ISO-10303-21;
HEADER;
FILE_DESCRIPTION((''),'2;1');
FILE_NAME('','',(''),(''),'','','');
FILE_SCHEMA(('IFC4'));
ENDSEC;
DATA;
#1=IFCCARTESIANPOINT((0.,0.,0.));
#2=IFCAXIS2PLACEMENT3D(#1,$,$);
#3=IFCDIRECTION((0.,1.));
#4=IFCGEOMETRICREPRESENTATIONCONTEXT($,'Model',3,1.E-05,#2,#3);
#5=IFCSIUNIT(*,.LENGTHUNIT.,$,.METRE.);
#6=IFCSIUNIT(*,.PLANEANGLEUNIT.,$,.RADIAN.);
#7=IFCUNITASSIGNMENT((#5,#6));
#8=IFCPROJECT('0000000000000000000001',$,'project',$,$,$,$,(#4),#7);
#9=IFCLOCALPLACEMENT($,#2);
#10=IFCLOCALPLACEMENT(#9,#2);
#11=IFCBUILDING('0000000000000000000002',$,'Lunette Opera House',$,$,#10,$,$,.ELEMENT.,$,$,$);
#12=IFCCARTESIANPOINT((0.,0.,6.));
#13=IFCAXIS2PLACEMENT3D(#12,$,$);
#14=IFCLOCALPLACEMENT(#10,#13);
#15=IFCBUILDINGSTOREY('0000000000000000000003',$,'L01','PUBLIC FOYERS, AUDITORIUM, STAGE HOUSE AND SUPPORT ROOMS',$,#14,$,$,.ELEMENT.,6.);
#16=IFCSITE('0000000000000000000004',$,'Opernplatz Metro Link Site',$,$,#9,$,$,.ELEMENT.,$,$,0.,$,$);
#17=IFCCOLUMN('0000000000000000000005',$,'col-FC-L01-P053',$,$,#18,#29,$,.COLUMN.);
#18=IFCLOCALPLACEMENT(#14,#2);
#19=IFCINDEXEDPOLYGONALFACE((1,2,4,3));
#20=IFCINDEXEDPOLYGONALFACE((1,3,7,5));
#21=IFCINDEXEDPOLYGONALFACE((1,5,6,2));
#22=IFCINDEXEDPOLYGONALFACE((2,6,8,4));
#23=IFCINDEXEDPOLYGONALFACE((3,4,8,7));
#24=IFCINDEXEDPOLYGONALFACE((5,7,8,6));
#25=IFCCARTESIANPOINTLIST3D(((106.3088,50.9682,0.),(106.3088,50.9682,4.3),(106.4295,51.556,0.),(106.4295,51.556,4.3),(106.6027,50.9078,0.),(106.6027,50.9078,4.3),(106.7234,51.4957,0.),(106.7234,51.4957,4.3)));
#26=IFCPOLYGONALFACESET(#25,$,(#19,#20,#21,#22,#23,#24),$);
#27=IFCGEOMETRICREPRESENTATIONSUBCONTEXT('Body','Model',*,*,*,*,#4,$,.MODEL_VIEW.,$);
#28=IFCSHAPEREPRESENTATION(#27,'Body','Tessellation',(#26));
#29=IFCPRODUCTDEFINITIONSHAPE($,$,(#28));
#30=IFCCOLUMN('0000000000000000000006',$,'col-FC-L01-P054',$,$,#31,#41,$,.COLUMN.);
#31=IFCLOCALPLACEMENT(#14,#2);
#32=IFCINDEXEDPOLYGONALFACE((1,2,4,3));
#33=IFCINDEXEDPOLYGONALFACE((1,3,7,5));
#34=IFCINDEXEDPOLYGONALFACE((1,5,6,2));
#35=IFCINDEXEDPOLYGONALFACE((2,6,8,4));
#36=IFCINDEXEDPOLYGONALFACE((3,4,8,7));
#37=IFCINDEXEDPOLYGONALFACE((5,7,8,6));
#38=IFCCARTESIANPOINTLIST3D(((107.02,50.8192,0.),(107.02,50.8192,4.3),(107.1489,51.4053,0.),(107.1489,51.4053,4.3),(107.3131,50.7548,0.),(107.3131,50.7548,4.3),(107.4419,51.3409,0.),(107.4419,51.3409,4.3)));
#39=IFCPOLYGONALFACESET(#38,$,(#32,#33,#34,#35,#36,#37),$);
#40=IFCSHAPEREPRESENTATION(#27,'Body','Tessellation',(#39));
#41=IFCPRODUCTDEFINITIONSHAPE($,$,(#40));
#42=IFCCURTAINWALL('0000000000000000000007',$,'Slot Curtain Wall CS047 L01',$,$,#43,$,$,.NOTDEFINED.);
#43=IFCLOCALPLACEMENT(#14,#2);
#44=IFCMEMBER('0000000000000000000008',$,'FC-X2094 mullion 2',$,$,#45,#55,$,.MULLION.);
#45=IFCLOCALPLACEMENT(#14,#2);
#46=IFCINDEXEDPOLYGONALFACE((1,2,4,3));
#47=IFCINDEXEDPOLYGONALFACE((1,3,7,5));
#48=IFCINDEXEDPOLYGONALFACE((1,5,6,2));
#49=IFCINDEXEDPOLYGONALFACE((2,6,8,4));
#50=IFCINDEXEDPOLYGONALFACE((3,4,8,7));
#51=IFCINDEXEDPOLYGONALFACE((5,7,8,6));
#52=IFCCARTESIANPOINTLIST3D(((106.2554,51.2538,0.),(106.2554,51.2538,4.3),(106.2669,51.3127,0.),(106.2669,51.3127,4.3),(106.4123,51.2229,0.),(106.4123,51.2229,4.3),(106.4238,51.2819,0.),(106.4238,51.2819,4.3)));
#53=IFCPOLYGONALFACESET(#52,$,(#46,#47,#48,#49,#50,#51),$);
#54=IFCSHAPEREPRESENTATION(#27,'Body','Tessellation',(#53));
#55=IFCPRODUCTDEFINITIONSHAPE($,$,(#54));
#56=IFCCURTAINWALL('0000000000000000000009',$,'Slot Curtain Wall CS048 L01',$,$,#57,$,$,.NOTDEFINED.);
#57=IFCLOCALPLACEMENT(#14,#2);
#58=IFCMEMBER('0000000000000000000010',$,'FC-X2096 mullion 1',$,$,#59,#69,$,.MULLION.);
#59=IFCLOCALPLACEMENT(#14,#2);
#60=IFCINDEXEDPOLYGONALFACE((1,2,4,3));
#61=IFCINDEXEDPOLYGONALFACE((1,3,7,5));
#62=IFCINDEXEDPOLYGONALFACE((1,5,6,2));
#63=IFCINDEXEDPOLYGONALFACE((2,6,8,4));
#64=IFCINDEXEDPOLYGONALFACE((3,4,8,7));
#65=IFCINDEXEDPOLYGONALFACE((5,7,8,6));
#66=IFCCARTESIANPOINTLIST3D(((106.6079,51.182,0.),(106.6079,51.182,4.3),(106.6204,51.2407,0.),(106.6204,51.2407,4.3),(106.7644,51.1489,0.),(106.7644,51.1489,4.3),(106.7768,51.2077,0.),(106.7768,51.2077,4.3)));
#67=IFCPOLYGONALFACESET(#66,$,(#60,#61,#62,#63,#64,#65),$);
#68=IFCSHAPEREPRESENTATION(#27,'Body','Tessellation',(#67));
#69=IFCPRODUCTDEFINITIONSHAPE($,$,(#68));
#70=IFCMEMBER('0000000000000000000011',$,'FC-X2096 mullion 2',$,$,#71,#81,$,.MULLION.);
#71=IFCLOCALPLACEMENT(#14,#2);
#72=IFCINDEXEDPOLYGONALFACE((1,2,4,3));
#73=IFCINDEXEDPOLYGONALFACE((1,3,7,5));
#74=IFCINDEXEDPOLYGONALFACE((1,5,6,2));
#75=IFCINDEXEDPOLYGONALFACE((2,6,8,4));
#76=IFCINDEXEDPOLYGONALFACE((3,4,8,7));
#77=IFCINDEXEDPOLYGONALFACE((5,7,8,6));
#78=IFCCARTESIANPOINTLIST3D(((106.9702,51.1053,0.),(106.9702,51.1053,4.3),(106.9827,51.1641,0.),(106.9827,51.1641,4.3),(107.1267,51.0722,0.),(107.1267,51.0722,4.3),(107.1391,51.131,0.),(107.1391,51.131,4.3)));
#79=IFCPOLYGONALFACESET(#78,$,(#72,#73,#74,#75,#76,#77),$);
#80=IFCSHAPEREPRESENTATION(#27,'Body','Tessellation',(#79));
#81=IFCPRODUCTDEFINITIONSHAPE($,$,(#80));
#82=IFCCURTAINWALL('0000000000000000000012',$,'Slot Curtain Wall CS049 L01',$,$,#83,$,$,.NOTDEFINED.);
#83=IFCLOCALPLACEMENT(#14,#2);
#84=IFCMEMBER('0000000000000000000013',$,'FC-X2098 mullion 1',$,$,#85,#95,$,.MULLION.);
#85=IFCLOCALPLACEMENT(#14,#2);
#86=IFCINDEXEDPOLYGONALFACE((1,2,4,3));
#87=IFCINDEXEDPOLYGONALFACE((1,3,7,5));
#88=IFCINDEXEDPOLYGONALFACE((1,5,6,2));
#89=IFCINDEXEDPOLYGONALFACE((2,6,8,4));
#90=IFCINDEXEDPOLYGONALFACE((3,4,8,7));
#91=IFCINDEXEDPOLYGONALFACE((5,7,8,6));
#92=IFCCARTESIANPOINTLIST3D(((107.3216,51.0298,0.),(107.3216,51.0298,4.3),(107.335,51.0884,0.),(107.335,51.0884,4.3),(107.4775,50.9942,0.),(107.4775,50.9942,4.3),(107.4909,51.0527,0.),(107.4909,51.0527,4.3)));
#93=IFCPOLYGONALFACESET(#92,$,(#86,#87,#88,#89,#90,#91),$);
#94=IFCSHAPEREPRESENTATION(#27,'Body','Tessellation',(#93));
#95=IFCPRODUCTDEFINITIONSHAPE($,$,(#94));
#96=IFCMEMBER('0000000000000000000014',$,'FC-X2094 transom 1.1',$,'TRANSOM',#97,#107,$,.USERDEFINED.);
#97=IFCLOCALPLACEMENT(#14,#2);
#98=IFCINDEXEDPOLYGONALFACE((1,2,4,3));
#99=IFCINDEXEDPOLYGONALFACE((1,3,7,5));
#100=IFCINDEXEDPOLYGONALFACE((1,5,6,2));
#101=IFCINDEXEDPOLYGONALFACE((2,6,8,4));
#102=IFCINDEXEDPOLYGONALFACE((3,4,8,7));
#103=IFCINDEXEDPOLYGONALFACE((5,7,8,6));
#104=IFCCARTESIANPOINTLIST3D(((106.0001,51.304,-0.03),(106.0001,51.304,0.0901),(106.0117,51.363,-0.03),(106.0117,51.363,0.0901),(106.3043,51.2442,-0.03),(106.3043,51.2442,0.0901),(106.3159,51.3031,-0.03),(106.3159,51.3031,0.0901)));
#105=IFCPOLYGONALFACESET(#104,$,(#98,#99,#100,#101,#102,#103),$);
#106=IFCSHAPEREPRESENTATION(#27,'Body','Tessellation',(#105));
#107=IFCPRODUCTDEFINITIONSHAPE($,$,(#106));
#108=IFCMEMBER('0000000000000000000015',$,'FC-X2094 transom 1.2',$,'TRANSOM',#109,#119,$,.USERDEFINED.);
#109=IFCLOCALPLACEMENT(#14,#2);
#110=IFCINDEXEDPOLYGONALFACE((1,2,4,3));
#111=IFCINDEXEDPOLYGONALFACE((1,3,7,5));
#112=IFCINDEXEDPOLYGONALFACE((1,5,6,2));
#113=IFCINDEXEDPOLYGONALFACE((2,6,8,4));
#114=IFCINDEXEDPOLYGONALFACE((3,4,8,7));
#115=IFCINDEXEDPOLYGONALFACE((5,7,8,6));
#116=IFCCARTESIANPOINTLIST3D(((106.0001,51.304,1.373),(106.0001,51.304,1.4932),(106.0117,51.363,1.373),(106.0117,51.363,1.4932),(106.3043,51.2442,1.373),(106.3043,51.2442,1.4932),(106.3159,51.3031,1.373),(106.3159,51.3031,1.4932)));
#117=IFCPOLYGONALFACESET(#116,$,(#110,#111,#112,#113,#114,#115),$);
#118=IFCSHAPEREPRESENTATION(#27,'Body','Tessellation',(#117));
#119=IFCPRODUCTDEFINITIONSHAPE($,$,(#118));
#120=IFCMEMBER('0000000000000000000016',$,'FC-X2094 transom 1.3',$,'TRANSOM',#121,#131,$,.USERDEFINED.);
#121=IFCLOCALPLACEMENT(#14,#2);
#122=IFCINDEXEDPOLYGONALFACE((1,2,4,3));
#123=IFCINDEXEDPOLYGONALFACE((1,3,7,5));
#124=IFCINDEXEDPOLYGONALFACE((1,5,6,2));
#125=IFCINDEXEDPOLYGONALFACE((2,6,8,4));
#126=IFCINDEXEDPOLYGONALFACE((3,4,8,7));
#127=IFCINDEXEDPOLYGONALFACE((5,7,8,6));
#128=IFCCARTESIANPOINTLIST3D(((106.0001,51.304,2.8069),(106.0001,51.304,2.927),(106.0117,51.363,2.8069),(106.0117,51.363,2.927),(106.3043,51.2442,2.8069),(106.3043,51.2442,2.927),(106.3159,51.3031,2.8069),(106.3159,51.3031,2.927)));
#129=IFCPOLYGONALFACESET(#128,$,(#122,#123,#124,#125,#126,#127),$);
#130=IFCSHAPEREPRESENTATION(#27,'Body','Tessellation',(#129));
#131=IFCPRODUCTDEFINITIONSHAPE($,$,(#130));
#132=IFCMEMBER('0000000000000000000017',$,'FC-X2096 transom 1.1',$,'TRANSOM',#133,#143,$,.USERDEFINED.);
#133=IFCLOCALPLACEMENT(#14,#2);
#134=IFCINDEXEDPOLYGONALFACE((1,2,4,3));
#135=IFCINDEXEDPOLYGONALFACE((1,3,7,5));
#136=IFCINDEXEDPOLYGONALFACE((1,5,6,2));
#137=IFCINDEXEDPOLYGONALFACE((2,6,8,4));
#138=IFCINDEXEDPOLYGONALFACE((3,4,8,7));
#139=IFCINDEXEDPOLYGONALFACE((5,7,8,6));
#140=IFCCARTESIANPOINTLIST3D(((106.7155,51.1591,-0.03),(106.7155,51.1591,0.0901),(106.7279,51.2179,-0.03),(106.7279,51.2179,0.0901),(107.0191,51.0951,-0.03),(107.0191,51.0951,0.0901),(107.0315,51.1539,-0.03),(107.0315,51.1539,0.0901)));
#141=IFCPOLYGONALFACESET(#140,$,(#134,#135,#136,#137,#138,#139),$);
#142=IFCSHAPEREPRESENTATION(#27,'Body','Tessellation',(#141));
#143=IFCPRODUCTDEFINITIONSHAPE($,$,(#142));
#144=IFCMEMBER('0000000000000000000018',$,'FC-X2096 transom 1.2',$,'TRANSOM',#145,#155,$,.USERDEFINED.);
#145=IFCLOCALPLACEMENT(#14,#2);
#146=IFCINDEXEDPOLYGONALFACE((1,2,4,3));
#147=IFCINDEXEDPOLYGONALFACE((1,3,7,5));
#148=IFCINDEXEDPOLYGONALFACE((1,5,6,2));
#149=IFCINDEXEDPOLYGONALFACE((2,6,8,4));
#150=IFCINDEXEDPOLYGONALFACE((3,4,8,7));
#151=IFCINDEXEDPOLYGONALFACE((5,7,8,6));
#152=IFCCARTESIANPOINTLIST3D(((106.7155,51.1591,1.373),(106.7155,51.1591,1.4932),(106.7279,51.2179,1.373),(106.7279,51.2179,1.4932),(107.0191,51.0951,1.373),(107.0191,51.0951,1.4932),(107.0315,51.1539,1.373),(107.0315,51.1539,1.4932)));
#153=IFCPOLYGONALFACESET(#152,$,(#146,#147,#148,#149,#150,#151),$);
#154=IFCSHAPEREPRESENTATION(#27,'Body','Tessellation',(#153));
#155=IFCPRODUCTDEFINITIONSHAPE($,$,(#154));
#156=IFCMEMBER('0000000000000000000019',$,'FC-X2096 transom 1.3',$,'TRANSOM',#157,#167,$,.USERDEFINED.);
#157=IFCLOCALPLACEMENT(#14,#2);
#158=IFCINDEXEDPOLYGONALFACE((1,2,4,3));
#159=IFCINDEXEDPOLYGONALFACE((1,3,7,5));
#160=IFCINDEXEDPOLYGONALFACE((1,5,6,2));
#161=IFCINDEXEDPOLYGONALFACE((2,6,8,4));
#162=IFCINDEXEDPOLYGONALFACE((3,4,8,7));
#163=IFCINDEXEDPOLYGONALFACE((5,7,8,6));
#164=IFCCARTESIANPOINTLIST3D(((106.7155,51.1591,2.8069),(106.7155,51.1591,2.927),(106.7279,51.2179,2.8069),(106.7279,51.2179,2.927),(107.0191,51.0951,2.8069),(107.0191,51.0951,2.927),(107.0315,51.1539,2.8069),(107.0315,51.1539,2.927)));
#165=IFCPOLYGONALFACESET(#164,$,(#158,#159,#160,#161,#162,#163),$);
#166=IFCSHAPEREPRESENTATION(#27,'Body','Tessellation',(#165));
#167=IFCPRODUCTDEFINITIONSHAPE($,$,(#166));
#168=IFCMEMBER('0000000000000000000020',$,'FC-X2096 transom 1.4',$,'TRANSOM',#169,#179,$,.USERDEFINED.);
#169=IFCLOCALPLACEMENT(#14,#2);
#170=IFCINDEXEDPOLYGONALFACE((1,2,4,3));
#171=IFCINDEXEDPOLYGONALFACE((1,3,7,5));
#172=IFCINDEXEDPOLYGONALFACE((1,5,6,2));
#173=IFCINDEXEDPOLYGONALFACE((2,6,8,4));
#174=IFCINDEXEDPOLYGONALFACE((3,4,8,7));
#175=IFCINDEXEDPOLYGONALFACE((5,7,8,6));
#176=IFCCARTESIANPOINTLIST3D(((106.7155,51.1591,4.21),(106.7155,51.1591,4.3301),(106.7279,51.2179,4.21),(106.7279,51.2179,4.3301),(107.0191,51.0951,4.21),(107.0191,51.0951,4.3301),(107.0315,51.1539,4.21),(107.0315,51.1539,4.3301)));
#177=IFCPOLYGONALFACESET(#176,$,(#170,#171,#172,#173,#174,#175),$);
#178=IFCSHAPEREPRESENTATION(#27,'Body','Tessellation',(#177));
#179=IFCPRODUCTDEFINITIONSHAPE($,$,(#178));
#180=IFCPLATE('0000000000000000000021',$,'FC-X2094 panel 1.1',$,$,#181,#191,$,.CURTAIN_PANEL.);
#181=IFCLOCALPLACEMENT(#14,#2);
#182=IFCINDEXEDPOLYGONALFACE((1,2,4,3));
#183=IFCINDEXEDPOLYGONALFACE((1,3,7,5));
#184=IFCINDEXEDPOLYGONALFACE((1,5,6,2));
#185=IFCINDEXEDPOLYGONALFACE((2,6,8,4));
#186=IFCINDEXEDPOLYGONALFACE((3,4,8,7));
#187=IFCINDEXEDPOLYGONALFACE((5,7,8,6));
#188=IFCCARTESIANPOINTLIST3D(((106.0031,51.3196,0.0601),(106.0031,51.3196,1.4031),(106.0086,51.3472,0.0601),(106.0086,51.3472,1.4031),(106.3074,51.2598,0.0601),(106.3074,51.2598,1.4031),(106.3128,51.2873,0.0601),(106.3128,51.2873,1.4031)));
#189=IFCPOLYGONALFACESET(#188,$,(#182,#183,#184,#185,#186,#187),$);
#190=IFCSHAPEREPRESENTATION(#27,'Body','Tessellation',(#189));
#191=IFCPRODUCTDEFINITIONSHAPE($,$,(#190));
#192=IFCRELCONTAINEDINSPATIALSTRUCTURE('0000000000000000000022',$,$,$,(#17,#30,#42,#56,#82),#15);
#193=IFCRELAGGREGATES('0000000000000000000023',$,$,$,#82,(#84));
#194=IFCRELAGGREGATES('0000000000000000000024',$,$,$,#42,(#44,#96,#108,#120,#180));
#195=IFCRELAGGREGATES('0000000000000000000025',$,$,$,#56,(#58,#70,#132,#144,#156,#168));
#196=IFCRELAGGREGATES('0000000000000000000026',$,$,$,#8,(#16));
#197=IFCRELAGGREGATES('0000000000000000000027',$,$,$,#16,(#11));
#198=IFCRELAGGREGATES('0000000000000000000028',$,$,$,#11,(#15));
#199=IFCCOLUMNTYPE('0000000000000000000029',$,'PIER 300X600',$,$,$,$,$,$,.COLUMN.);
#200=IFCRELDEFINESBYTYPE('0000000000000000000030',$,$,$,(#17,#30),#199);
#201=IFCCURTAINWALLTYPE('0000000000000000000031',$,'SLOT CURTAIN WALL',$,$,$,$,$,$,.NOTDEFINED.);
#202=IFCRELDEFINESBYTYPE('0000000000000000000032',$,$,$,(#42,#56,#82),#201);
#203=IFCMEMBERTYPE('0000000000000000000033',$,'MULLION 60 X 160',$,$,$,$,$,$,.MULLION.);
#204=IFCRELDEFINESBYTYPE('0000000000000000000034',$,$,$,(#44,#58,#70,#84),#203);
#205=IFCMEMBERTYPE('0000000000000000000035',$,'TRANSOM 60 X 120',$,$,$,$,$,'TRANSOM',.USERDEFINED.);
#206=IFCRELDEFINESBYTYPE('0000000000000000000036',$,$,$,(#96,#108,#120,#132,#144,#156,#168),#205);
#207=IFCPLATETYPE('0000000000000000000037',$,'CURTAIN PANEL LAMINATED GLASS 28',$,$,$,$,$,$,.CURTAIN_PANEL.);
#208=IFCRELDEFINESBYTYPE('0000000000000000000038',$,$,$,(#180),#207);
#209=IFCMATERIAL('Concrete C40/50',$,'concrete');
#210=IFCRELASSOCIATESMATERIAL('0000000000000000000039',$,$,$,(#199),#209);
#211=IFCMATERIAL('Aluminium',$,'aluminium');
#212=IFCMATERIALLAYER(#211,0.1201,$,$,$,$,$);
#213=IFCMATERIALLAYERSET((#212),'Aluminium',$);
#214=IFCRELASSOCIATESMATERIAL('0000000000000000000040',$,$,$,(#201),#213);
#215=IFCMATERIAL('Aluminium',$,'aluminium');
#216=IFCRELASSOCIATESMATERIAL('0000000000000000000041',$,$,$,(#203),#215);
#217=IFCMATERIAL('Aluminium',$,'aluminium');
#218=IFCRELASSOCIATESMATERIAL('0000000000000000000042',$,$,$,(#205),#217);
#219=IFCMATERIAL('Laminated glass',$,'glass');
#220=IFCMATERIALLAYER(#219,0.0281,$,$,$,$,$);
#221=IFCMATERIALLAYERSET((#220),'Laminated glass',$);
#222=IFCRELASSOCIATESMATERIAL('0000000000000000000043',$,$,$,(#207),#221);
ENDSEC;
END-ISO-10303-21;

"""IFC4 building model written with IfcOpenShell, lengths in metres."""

from ifc_helpers import new_model, si_unit, direction, frame, origin, origin_2d, place, context, subcontext, project, spatial, rectangle, extrude, material, layer, layer_set, material_profile, profile_set, type_object, element, aggregate, save


model = new_model("IFC4")

# Units and contexts
model_context = context("Model", 3, precision=1e-05, world=origin(), true_north=direction((0.0, 1.0)))
body_context = subcontext(model_context, "Body", "Model", "MODEL_VIEW")
ifc_project = project(units=[si_unit("LENGTHUNIT", "METRE"), si_unit("PLANEANGLEUNIT", "RADIAN")], contexts=[model_context])

# Site, building, storey
site_placement = place(None, origin())
site = spatial("IfcSite", under=ifc_project, at=site_placement, Name="Opernplatz Metro Link Site", CompositionType="ELEMENT", RefElevation=0.0)
building_placement = place(site_placement, origin())
building = spatial("IfcBuilding", under=site, at=building_placement, Name="Lunette Opera House", CompositionType="ELEMENT")
storey_placement = place(building_placement, frame((0.0, 0.0, 6.0)))
storey = spatial("IfcBuildingStorey", under=building, at=storey_placement, Name="L01", Description="PUBLIC FOYERS, AUDITORIUM, STAGE HOUSE AND SUPPORT ROOMS", CompositionType="ELEMENT", Elevation=6.0)

# Columns
ifc_material_1 = material(Name="Concrete C40/50", Category="concrete")
ifc_material_profile_1 = material_profile(ifc_material_1, rectangle(XDim=0.3, YDim=0.6001, at=origin_2d()), Name="PIER 300X600")
ifc_profile_set_1 = profile_set([ifc_material_profile_1], Name="Concrete C40/50")
column_type = type_object("IfcColumnType", Name="PIER 300X600", PredefinedType="COLUMN", material=ifc_profile_set_1)
for number, where, z_axis, x_axis, name in (
    (1, (106.5161, 51.2319, 0.0), (0.0, 0.0, 1.0), (0.979575, -0.201078, 0.0), "col-FC-L01-P053"),
    (2, (107.231, 51.0801, 0.0), (0.0, 0.0, 1.0), (0.976672, -0.214735, 0.0), "col-FC-L01-P054"),
):
    element("IfcColumn", number, at=place(storey_placement, frame(where, z_axis=z_axis, x_axis=x_axis)), inside=storey, type_object=column_type, Name=name, PredefinedType="COLUMN", context=body_context, shape_type="SweptSolid", body=[
        extrude(rectangle(XDim=0.3, YDim=0.6001, at=origin_2d()), origin(), (0.0, 0.0, 1.0), 4.3),
    ])

# Curtain wall, member
ifc_material_2 = material(Name="Aluminium", Category="aluminium")
ifc_layer_1 = layer(ifc_material_2, 0.1201)
ifc_layer_set_1 = layer_set([ifc_layer_1], Name="Aluminium")
curtain_wall_type = type_object("IfcCurtainWallType", Name="SLOT CURTAIN WALL", PredefinedType="NOTDEFINED", material=ifc_layer_set_1)
curtain_wall_1_placement = place(storey_placement, origin())
curtain_wall_1 = element("IfcCurtainWall", 3, at=curtain_wall_1_placement, inside=storey, type_object=curtain_wall_type, Name="Slot Curtain Wall CS047 L01", PredefinedType="NOTDEFINED")
ifc_material_3 = material(Name="Aluminium", Category="aluminium")
ifc_material_profile_2 = material_profile(ifc_material_3, rectangle(XDim=0.0601, YDim=0.1599, at=origin_2d()), Name="MULLION 60 X 160")
ifc_profile_set_2 = profile_set([ifc_material_profile_2], Name="Aluminium")
member_type_1 = type_object("IfcMemberType", Name="MULLION 60 X 160", PredefinedType="MULLION", material=ifc_profile_set_2)
member_1_placement = place(storey_placement, frame((106.3396, 51.2678, 0.0), z_axis=(0.0, 0.0, 1.0), x_axis=(0.192985, 0.981202, 0.0)))
member_1 = element("IfcMember", 4, at=member_1_placement, type_object=member_type_1, Name="FC-X2094 mullion 2", PredefinedType="MULLION", context=body_context, shape_type="SweptSolid", body=[
    extrude(rectangle(XDim=0.0601, YDim=0.1599, at=origin_2d()), origin(), (0.0, 0.0, 1.0), 4.3),
])

# Curtain wall, members
curtain_wall_2_placement = place(storey_placement, origin())
curtain_wall_2 = element("IfcCurtainWall", 5, at=curtain_wall_2_placement, inside=storey, type_object=curtain_wall_type, Name="Slot Curtain Wall CS048 L01", PredefinedType="NOTDEFINED")
member_2_placement = place(storey_placement, frame((106.6924, 51.1948, 0.0), z_axis=(0.0, 0.0, 1.0), x_axis=(0.20683, 0.978377, 0.0)))
member_2 = element("IfcMember", 6, at=member_2_placement, type_object=member_type_1, Name="FC-X2096 mullion 1", PredefinedType="MULLION", context=body_context, shape_type="SweptSolid", body=[
    extrude(rectangle(XDim=0.0601, YDim=0.1599, at=origin_2d()), origin(), (0.0, 0.0, 1.0), 4.3),
])
member_3_placement = place(storey_placement, frame((107.0547, 51.1182, 0.0), z_axis=(0.0, 0.0, 1.0), x_axis=(0.20683, 0.978377, 0.0)))
member_3 = element("IfcMember", 7, at=member_3_placement, type_object=member_type_1, Name="FC-X2096 mullion 2", PredefinedType="MULLION", context=body_context, shape_type="SweptSolid", body=[
    extrude(rectangle(XDim=0.0601, YDim=0.1599, at=origin_2d()), origin(), (0.0, 0.0, 1.0), 4.3),
])

# Curtain wall, member
curtain_wall_3_placement = place(storey_placement, origin())
curtain_wall_3 = element("IfcCurtainWall", 8, at=curtain_wall_3_placement, inside=storey, type_object=curtain_wall_type, Name="Slot Curtain Wall CS049 L01", PredefinedType="NOTDEFINED")
member_4_placement = place(storey_placement, frame((107.4062, 51.0413, 0.0), z_axis=(0.0, 0.0, 1.0), x_axis=(0.222825, 0.974859, 0.0)))
member_4 = element("IfcMember", 9, at=member_4_placement, type_object=member_type_1, Name="FC-X2098 mullion 1", PredefinedType="MULLION", context=body_context, shape_type="SweptSolid", body=[
    extrude(rectangle(XDim=0.0601, YDim=0.1599, at=origin_2d()), origin(), (0.0, 0.0, 1.0), 4.3),
])
aggregate(curtain_wall_3, [member_4])

# Members
ifc_material_4 = material(Name="Aluminium", Category="aluminium")
ifc_material_profile_3 = material_profile(ifc_material_4, rectangle(XDim=0.0601, YDim=0.1201, at=origin_2d()), Name="TRANSOM 60 X 120")
ifc_profile_set_3 = profile_set([ifc_material_profile_3], Name="Aluminium")
member_type_2 = type_object("IfcMemberType", Name="TRANSOM 60 X 120", ElementType="TRANSOM", PredefinedType="USERDEFINED", material=ifc_profile_set_3)
member_5_placement = place(storey_placement, frame((106.0059, 51.3335, 0.03), z_axis=(0.981212, -0.192935, 0.0), x_axis=(0.192935, 0.981212, 0.0)))
member_5 = element("IfcMember", 10, at=member_5_placement, type_object=member_type_2, Name="FC-X2094 transom 1.1", ObjectType="TRANSOM", PredefinedType="USERDEFINED", context=body_context, shape_type="SweptSolid", body=[
    extrude(rectangle(XDim=0.0601, YDim=0.1201, at=origin_2d()), origin(), (0.0, 0.0, 1.0), 0.3101),
])
member_6_placement = place(storey_placement, frame((106.0059, 51.3335, 1.4331), z_axis=(0.981212, -0.192935, 0.0), x_axis=(0.192935, 0.981212, 0.0)))
member_6 = element("IfcMember", 11, at=member_6_placement, type_object=member_type_2, Name="FC-X2094 transom 1.2", ObjectType="TRANSOM", PredefinedType="USERDEFINED", context=body_context, shape_type="SweptSolid", body=[
    extrude(rectangle(XDim=0.0601, YDim=0.1201, at=origin_2d()), origin(), (0.0, 0.0, 1.0), 0.3101),
])
member_7_placement = place(storey_placement, frame((106.0059, 51.3335, 2.8669), z_axis=(0.981212, -0.192935, 0.0), x_axis=(0.192935, 0.981212, 0.0)))
member_7 = element("IfcMember", 12, at=member_7_placement, type_object=member_type_2, Name="FC-X2094 transom 1.3", ObjectType="TRANSOM", PredefinedType="USERDEFINED", context=body_context, shape_type="SweptSolid", body=[
    extrude(rectangle(XDim=0.0601, YDim=0.1201, at=origin_2d()), origin(), (0.0, 0.0, 1.0), 0.3101),
])
member_8_placement = place(storey_placement, frame((106.7217, 51.1885, 0.03), z_axis=(0.978533, -0.20609, 0.0), x_axis=(0.20609, 0.978533, 0.0)))
member_8 = element("IfcMember", 13, at=member_8_placement, type_object=member_type_2, Name="FC-X2096 transom 1.1", ObjectType="TRANSOM", PredefinedType="USERDEFINED", context=body_context, shape_type="SweptSolid", body=[
    extrude(rectangle(XDim=0.0601, YDim=0.1201, at=origin_2d()), origin(), (0.0, 0.0, 1.0), 0.3103),
])
member_9_placement = place(storey_placement, frame((106.7217, 51.1885, 1.4331), z_axis=(0.978533, -0.20609, 0.0), x_axis=(0.20609, 0.978533, 0.0)))
member_9 = element("IfcMember", 14, at=member_9_placement, type_object=member_type_2, Name="FC-X2096 transom 1.2", ObjectType="TRANSOM", PredefinedType="USERDEFINED", context=body_context, shape_type="SweptSolid", body=[
    extrude(rectangle(XDim=0.0601, YDim=0.1201, at=origin_2d()), origin(), (0.0, 0.0, 1.0), 0.3103),
])
member_10_placement = place(storey_placement, frame((106.7217, 51.1885, 2.8669), z_axis=(0.978533, -0.20609, 0.0), x_axis=(0.20609, 0.978533, 0.0)))
member_10 = element("IfcMember", 15, at=member_10_placement, type_object=member_type_2, Name="FC-X2096 transom 1.3", ObjectType="TRANSOM", PredefinedType="USERDEFINED", context=body_context, shape_type="SweptSolid", body=[
    extrude(rectangle(XDim=0.0601, YDim=0.1201, at=origin_2d()), origin(), (0.0, 0.0, 1.0), 0.3103),
])
member_11_placement = place(storey_placement, frame((106.7217, 51.1885, 4.27), z_axis=(0.978533, -0.20609, 0.0), x_axis=(0.20609, 0.978533, 0.0)))
member_11 = element("IfcMember", 16, at=member_11_placement, type_object=member_type_2, Name="FC-X2096 transom 1.4", ObjectType="TRANSOM", PredefinedType="USERDEFINED", context=body_context, shape_type="SweptSolid", body=[
    extrude(rectangle(XDim=0.0601, YDim=0.1201, at=origin_2d()), origin(), (0.0, 0.0, 1.0), 0.3103),
])

# Plate
ifc_material_5 = material(Name="Laminated glass", Category="glass")
ifc_layer_2 = layer(ifc_material_5, 0.0281)
ifc_layer_set_2 = layer_set([ifc_layer_2], Name="Laminated glass")
plate_type = type_object("IfcPlateType", Name="CURTAIN PANEL LAMINATED GLASS 28", PredefinedType="CURTAIN_PANEL", material=ifc_layer_set_2)
plate_1_placement = place(storey_placement, frame((106.158, 51.3035, 0.0601), z_axis=(0.0, 0.0, 1.0), x_axis=(0.981202, -0.192985, 0.0)))
plate_1 = element("IfcPlate", 17, at=plate_1_placement, type_object=plate_type, Name="FC-X2094 panel 1.1", PredefinedType="CURTAIN_PANEL", context=body_context, shape_type="SweptSolid", body=[
    extrude(rectangle(XDim=0.3101, YDim=0.0281, at=origin_2d()), origin(), (0.0, 0.0, 1.0), 1.343),
])
aggregate(curtain_wall_1, [member_1, member_5, member_6, member_7, plate_1])
aggregate(curtain_wall_2, [member_2, member_3, member_8, member_9, member_10, member_11])

save(model, "model.ifc")
